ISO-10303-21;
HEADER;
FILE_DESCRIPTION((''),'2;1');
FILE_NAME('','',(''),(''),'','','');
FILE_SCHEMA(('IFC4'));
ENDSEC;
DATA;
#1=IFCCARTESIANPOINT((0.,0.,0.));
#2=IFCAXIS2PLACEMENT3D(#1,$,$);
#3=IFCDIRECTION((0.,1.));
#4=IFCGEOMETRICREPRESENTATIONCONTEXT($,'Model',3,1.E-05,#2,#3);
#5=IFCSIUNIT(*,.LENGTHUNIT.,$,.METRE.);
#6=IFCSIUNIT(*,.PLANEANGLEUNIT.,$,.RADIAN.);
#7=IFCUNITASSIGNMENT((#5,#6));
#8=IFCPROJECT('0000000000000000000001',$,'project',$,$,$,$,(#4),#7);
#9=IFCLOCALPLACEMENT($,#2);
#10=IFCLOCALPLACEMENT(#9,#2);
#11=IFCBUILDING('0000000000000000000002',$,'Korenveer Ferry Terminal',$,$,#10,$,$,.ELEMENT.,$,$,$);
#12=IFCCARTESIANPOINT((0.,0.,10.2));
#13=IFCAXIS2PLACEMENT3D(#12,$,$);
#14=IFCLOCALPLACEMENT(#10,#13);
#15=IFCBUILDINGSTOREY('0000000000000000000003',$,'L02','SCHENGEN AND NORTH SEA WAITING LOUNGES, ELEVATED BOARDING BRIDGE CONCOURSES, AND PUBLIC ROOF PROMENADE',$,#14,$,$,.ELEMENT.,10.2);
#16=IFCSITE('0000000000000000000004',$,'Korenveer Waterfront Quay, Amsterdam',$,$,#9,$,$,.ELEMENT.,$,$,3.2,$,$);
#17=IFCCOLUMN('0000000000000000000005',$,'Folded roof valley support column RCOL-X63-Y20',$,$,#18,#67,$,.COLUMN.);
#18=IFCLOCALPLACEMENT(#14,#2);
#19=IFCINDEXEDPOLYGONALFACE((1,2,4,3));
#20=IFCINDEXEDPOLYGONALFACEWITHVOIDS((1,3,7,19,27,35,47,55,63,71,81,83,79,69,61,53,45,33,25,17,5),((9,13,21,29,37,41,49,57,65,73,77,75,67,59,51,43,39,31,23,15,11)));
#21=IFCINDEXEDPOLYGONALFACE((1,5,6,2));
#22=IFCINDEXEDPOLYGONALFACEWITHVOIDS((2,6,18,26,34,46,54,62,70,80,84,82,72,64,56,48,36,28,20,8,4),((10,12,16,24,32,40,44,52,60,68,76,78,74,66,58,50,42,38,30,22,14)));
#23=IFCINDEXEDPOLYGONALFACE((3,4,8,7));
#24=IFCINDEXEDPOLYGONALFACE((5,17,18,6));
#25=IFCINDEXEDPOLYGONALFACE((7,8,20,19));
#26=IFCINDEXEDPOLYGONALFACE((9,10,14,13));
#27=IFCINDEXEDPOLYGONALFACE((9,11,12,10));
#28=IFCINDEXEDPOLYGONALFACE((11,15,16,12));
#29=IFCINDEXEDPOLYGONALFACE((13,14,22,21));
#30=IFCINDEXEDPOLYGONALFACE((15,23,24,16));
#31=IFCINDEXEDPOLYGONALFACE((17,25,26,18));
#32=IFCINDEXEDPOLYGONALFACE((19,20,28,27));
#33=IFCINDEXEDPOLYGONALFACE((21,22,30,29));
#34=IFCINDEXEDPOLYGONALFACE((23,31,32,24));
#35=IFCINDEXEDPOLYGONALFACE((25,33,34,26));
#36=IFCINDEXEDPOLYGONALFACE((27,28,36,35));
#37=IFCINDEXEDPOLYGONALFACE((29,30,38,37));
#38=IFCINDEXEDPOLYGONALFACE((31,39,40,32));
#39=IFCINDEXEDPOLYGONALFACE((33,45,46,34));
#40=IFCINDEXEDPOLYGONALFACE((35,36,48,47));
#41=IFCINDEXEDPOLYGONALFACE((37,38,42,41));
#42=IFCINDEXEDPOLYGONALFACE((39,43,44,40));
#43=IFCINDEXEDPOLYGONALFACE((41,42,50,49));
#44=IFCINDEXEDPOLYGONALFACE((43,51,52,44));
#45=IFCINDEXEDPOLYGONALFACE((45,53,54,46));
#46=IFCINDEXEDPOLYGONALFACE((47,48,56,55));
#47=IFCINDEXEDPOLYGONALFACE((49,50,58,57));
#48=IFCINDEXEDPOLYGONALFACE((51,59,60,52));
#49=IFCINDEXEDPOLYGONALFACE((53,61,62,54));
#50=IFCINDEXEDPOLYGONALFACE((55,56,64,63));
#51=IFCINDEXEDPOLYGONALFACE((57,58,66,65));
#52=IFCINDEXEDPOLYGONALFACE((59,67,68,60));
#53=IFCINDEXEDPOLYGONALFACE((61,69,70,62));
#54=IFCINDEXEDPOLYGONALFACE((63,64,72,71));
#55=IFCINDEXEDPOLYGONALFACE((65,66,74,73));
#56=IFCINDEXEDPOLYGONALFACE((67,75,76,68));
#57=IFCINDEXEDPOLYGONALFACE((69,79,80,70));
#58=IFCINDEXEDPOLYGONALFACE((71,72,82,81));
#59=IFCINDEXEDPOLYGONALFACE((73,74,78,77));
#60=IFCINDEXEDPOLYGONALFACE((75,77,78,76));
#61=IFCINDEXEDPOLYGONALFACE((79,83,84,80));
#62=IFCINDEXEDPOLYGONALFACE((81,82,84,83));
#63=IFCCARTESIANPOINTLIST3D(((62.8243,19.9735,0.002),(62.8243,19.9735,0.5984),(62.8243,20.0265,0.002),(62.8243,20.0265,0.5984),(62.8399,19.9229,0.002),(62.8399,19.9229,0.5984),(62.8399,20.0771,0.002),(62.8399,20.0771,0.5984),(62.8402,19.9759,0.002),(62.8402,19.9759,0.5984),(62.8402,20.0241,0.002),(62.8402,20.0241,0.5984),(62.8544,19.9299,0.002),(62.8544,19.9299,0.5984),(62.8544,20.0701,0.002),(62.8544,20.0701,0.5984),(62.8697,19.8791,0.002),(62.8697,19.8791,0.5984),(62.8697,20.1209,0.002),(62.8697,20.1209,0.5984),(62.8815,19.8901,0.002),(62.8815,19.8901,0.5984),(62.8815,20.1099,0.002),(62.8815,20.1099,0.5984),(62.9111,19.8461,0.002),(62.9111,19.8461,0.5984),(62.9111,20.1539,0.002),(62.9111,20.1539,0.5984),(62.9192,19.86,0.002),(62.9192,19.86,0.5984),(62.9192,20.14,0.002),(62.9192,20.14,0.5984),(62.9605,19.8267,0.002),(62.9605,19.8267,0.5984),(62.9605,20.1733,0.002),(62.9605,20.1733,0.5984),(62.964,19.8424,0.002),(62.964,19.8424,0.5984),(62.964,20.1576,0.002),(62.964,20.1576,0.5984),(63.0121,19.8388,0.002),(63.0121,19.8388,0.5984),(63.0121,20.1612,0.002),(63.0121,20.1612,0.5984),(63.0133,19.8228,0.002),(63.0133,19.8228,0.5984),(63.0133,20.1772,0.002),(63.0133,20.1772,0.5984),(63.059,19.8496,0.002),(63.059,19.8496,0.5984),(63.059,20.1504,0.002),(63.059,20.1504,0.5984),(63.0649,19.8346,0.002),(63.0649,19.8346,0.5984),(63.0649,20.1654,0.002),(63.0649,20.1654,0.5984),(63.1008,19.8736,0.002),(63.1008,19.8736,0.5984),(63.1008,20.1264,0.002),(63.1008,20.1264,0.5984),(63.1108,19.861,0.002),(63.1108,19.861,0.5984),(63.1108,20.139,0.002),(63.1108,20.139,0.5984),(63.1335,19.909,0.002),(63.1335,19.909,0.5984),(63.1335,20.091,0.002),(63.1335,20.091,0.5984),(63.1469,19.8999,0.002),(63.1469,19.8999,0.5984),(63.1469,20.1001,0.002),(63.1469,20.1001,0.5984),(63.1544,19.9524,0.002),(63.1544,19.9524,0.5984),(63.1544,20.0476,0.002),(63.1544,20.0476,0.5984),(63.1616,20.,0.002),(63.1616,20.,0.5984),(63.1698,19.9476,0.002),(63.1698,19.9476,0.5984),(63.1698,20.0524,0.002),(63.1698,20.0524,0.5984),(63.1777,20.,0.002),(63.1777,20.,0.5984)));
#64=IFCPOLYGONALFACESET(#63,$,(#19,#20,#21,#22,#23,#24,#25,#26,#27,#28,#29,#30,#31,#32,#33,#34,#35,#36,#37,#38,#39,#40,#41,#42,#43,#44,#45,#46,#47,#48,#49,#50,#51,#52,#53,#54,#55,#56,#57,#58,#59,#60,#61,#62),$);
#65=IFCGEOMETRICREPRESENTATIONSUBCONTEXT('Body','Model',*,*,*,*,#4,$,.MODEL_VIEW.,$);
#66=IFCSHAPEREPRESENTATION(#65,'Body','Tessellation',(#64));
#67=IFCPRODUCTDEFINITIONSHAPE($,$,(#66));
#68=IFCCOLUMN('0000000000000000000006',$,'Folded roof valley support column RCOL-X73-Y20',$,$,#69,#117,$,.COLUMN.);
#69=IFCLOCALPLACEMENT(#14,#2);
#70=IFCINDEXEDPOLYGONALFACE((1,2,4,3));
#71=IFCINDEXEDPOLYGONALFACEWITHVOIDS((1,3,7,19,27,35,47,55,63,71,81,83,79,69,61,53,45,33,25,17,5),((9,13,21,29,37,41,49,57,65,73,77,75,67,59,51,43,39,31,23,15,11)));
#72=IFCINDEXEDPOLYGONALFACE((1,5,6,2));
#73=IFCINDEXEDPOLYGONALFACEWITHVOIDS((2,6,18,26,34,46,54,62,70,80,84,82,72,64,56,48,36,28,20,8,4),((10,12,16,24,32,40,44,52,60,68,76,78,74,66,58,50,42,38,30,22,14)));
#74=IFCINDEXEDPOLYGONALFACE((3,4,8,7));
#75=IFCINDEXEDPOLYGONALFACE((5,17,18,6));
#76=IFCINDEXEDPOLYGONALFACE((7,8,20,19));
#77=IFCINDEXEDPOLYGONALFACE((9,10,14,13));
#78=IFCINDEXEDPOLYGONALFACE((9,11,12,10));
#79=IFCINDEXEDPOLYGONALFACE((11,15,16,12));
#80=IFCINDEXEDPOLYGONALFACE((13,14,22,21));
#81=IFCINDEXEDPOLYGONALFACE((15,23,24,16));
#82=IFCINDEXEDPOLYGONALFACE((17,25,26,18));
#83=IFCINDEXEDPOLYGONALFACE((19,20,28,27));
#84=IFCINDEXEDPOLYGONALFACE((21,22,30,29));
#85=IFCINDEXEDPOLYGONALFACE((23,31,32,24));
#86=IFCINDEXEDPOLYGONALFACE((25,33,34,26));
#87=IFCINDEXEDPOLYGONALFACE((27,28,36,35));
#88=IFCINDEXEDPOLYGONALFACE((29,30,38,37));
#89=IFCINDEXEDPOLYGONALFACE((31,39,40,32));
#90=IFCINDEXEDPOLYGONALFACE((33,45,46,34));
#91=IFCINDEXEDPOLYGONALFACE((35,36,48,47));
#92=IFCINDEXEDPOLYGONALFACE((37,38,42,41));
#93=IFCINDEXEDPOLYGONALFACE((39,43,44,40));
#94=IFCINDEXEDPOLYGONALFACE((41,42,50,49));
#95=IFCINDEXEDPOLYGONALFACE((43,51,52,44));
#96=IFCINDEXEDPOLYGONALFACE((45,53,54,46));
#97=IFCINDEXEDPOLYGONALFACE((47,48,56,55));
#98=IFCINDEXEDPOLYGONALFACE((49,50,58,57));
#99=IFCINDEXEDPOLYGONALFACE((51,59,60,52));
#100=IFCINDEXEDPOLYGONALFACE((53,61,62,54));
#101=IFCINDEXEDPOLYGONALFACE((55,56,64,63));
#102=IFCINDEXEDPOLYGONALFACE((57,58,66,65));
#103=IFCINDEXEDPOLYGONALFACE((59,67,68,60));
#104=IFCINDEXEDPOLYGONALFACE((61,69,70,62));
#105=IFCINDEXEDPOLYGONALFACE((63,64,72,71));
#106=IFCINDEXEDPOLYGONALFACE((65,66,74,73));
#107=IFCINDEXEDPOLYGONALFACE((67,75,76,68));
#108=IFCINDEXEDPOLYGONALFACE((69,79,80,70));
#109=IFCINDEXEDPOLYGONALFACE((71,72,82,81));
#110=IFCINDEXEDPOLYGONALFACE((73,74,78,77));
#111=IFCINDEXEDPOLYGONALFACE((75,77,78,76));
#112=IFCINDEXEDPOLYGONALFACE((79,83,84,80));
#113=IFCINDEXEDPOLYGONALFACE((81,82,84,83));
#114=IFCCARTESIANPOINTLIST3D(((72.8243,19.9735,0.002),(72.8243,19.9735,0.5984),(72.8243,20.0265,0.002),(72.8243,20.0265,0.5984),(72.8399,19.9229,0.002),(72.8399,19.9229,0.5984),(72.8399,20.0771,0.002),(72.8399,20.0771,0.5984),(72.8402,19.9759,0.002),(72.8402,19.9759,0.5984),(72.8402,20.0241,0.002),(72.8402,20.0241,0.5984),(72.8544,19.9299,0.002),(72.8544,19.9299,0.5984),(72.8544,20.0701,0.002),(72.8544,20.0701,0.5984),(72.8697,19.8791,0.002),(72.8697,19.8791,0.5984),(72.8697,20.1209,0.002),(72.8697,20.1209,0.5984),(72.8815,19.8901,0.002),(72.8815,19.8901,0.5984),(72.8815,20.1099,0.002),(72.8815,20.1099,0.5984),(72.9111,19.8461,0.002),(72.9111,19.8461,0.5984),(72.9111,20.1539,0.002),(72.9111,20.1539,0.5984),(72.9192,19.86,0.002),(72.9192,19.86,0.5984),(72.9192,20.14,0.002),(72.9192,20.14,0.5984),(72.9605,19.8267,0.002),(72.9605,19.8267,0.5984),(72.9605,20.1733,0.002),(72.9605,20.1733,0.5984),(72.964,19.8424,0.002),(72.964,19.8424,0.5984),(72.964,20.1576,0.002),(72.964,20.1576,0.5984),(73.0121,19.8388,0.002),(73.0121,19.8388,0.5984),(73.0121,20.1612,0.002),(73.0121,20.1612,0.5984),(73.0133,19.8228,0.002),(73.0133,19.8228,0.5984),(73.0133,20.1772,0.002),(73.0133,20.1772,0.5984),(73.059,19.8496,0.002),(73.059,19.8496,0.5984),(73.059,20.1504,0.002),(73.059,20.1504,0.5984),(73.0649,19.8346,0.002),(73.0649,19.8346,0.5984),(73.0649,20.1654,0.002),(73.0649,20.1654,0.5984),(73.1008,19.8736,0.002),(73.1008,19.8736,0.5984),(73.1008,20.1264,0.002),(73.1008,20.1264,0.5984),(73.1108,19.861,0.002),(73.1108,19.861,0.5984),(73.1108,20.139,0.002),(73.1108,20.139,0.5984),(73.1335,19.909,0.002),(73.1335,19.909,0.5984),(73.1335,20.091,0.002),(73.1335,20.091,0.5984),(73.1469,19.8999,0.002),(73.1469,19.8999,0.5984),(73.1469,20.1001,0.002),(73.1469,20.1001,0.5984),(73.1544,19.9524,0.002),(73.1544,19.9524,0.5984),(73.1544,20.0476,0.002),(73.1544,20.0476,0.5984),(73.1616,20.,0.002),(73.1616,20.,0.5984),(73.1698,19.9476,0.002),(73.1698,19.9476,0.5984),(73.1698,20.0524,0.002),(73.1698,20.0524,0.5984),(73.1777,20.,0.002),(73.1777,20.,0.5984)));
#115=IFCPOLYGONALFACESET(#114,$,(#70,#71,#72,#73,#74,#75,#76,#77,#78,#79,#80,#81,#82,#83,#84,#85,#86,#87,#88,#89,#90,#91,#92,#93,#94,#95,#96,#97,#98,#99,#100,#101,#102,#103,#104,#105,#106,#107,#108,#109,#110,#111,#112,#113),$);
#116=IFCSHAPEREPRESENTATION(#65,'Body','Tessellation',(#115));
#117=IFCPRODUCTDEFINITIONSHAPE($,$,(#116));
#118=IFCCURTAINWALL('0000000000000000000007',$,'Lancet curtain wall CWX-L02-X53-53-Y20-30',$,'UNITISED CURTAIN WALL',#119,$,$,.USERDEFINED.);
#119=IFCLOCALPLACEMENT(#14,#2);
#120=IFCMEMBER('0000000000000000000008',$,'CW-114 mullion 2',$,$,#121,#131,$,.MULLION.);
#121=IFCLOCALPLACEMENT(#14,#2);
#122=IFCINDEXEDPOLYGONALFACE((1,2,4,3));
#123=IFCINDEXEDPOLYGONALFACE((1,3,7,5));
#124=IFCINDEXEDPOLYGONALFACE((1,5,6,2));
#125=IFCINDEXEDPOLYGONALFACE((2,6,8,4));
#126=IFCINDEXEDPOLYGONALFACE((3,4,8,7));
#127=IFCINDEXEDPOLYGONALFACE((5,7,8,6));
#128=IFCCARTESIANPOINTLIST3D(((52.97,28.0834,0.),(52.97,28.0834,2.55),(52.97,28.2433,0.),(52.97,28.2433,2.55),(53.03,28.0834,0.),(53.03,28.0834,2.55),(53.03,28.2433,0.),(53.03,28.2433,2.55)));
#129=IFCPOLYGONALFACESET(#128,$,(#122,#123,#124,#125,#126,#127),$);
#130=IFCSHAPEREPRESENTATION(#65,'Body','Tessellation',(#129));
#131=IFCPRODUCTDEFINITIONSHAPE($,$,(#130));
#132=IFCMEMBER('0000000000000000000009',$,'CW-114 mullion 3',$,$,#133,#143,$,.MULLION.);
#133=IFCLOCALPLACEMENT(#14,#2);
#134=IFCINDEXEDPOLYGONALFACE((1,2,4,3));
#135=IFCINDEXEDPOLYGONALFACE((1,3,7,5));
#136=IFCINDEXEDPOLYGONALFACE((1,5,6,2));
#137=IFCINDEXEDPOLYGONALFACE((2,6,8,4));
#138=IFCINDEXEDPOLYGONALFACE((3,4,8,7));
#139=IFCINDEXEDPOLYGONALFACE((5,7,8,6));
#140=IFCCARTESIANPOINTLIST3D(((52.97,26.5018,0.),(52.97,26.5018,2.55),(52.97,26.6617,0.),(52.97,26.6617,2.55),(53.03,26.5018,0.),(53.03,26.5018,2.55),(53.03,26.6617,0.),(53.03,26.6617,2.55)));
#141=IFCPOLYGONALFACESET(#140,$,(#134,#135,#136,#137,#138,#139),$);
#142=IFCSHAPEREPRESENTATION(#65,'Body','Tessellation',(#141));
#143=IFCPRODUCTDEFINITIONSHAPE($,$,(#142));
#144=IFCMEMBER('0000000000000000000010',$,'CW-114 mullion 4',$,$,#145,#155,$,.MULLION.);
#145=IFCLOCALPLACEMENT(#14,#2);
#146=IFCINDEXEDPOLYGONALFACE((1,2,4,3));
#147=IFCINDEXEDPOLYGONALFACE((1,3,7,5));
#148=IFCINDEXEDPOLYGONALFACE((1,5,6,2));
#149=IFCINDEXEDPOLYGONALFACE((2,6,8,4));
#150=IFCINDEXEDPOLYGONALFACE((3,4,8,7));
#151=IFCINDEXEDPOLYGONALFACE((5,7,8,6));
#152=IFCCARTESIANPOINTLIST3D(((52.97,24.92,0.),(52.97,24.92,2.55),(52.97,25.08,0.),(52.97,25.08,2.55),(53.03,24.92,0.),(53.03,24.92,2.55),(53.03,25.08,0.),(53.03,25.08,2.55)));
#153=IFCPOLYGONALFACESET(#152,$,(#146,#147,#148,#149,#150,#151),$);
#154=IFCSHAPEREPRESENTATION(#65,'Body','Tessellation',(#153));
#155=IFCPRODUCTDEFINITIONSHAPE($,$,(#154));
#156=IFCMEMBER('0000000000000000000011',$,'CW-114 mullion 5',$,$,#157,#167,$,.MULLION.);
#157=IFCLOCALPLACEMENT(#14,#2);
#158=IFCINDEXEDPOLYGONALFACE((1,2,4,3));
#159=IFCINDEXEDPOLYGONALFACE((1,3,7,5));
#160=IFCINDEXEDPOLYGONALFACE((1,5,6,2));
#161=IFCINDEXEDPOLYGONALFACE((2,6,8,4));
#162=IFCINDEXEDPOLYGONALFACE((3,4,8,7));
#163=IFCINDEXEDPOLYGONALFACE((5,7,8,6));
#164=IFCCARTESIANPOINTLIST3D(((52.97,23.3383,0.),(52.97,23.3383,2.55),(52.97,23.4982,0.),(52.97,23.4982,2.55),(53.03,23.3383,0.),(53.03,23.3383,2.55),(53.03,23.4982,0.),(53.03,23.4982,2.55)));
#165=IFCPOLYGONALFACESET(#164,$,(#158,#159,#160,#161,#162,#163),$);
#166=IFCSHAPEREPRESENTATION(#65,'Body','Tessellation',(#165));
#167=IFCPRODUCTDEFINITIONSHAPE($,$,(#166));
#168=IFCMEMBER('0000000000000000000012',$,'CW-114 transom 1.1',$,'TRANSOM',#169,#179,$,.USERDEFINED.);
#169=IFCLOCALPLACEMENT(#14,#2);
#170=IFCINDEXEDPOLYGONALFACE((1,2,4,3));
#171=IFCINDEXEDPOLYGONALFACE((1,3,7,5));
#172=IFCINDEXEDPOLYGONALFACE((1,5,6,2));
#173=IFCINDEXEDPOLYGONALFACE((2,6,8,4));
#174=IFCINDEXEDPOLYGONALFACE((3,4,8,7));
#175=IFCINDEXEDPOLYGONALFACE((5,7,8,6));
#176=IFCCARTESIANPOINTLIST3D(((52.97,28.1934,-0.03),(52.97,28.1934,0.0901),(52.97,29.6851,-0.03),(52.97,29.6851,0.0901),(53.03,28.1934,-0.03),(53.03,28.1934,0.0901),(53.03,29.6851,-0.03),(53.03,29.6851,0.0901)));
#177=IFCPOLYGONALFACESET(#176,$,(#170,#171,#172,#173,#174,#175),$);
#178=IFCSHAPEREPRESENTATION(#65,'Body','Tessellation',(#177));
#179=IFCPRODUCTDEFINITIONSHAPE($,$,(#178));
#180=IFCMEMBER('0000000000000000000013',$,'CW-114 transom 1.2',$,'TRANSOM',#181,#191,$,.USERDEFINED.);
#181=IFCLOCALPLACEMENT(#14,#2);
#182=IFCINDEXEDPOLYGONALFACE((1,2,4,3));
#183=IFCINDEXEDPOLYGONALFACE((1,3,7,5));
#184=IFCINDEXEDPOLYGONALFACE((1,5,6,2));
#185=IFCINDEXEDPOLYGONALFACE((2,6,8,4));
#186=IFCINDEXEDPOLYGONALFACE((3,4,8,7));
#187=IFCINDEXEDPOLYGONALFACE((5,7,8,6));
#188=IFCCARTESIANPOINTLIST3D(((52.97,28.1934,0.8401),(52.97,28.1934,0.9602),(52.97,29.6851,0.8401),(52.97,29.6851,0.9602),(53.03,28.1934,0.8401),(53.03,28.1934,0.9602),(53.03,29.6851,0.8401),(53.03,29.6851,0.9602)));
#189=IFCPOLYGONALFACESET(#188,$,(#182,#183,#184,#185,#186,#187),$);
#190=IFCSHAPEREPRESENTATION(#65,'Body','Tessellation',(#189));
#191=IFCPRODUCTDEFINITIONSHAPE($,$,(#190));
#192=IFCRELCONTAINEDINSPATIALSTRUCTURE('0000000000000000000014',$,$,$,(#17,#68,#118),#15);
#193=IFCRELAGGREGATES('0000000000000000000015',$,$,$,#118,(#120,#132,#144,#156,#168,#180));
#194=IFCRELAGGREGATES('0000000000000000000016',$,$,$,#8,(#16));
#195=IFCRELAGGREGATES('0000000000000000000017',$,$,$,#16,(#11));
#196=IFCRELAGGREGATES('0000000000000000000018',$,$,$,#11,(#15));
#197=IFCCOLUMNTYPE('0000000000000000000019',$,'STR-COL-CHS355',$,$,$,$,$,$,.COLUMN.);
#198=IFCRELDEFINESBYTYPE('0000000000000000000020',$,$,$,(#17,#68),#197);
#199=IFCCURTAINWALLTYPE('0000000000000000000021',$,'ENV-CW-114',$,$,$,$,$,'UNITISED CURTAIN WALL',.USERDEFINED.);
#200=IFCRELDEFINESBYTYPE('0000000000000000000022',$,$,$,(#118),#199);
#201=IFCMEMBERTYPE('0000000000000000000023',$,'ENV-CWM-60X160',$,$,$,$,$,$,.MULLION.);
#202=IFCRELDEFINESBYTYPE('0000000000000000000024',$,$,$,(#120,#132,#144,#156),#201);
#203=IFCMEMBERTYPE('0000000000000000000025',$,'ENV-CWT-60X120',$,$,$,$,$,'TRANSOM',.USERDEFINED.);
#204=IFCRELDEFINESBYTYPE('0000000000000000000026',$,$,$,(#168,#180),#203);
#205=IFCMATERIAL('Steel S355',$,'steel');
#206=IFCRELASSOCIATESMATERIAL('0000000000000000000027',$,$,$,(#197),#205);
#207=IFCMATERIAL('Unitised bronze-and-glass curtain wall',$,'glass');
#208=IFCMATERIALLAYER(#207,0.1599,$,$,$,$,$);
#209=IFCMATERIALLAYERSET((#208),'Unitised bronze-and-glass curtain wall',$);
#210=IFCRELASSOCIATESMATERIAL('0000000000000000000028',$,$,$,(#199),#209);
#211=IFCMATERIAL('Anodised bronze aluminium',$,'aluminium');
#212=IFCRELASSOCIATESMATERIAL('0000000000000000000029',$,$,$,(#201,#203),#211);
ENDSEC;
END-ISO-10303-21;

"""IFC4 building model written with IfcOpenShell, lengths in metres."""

from ifc_helpers import new_model, si_unit, direction, frame, origin, origin_2d, place, context, subcontext, project, spatial, rectangle, hollow_circle, extrude, material, layer, layer_set, material_profile, profile_set, type_object, element, aggregate, save


model = new_model("IFC4")

# Units and contexts
model_context = context("Model", 3, precision=1e-05, world=origin(), true_north=direction((0.0, 1.0)))
body_context = subcontext(model_context, "Body", "Model", "MODEL_VIEW")
ifc_project = project(units=[si_unit("LENGTHUNIT", "METRE"), si_unit("PLANEANGLEUNIT", "RADIAN")], contexts=[model_context])

# Site, building, storey
site_placement = place(None, origin())
site = spatial("IfcSite", under=ifc_project, at=site_placement, Name="Korenveer Waterfront Quay, Amsterdam", CompositionType="ELEMENT", RefElevation=3.2)
building_placement = place(site_placement, origin())
building = spatial("IfcBuilding", under=site, at=building_placement, Name="Korenveer Ferry Terminal", CompositionType="ELEMENT")
storey_placement = place(building_placement, frame((0.0, 0.0, 10.2)))
storey = spatial("IfcBuildingStorey", under=building, at=storey_placement, Name="L02", Description="SCHENGEN AND NORTH SEA WAITING LOUNGES, ELEVATED BOARDING BRIDGE CONCOURSES, AND PUBLIC ROOF PROMENADE", CompositionType="ELEMENT", Elevation=10.2)

# Columns
ifc_material_1 = material(Name="Steel S355", Category="steel")
ifc_material_profile_1 = material_profile(ifc_material_1, hollow_circle(Radius=0.1777, WallThickness=0.0161, at=origin_2d()), Name="CHS 355.6x16")
ifc_profile_set_1 = profile_set([ifc_material_profile_1], Name="Steel S355")
column_type = type_object("IfcColumnType", Name="STR-COL-CHS355", PredefinedType="COLUMN", material=ifc_profile_set_1)
for number, where, z_axis, x_axis, name in (
    (1, (63.0, 20.0, 0.002), (0.0, 0.0, 1.0), (1.0, 0.0, 0.0), "Folded roof valley support column RCOL-X63-Y20"),
    (2, (73.0, 20.0, 0.002), (0.0, 0.0, 1.0), (1.0, 0.0, 0.0), "Folded roof valley support column RCOL-X73-Y20"),
):
    element("IfcColumn", number, at=place(storey_placement, frame(where, z_axis=z_axis, x_axis=x_axis)), inside=storey, type_object=column_type, Name=name, PredefinedType="COLUMN", context=body_context, shape_type="SweptSolid", body=[
        extrude(hollow_circle(Radius=0.1777, WallThickness=0.0161, at=origin_2d()), origin(), (0.0, 0.0, 1.0), 0.5964),
    ])

# Curtain wall, members
ifc_material_2 = material(Name="Unitised bronze-and-glass curtain wall", Category="glass")
ifc_layer_1 = layer(ifc_material_2, 0.1599)
ifc_layer_set_1 = layer_set([ifc_layer_1], Name="Unitised bronze-and-glass curtain wall")
curtain_wall_type = type_object("IfcCurtainWallType", Name="ENV-CW-114", ElementType="UNITISED CURTAIN WALL", PredefinedType="USERDEFINED", material=ifc_layer_set_1)
curtain_wall_placement = place(storey_placement, frame((53.0, 29.7451, 0.0)))
curtain_wall = element("IfcCurtainWall", 3, at=curtain_wall_placement, inside=storey, type_object=curtain_wall_type, Name="Lancet curtain wall CWX-L02-X53-53-Y20-30", ObjectType="UNITISED CURTAIN WALL", PredefinedType="USERDEFINED")
ifc_material_3 = material(Name="Anodised bronze aluminium", Category="aluminium")
ifc_material_profile_2 = material_profile(ifc_material_3, rectangle(XDim=0.0601, YDim=0.1599, at=origin_2d()), Name="ALU 60x160")
ifc_profile_set_2 = profile_set([ifc_material_profile_2], Name="Anodised bronze aluminium")
member_type_1 = type_object("IfcMemberType", Name="ENV-CWM-60X160", PredefinedType="MULLION", material=ifc_profile_set_2)
member_1_placement = place(storey_placement, frame((53.0, 28.1633, 0.0), z_axis=(0.0, 0.0, 1.0), x_axis=(1.0, 0.0, 0.0)))
member_1 = element("IfcMember", 4, at=member_1_placement, type_object=member_type_1, Name="CW-114 mullion 2", PredefinedType="MULLION", context=body_context, shape_type="SweptSolid", body=[
    extrude(rectangle(XDim=0.0601, YDim=0.1599, at=origin_2d()), origin(), (0.0, 0.0, 1.0), 2.55),
])
member_2_placement = place(storey_placement, frame((53.0, 26.5818, 0.0), z_axis=(0.0, 0.0, 1.0), x_axis=(1.0, 0.0, 0.0)))
member_2 = element("IfcMember", 5, at=member_2_placement, type_object=member_type_1, Name="CW-114 mullion 3", PredefinedType="MULLION", context=body_context, shape_type="SweptSolid", body=[
    extrude(rectangle(XDim=0.0601, YDim=0.1599, at=origin_2d()), origin(), (0.0, 0.0, 1.0), 2.55),
])
member_3_placement = place(storey_placement, frame((53.0, 25.0, 0.0), z_axis=(0.0, 0.0, 1.0), x_axis=(1.0, 0.0, 0.0)))
member_3 = element("IfcMember", 6, at=member_3_placement, type_object=member_type_1, Name="CW-114 mullion 4", PredefinedType="MULLION", context=body_context, shape_type="SweptSolid", body=[
    extrude(rectangle(XDim=0.0601, YDim=0.1599, at=origin_2d()), origin(), (0.0, 0.0, 1.0), 2.55),
])
member_4_placement = place(storey_placement, frame((53.0, 23.4182, 0.0), z_axis=(0.0, 0.0, 1.0), x_axis=(1.0, 0.0, 0.0)))
member_4 = element("IfcMember", 7, at=member_4_placement, type_object=member_type_1, Name="CW-114 mullion 5", PredefinedType="MULLION", context=body_context, shape_type="SweptSolid", body=[
    extrude(rectangle(XDim=0.0601, YDim=0.1599, at=origin_2d()), origin(), (0.0, 0.0, 1.0), 2.55),
])
ifc_material_profile_3 = material_profile(ifc_material_3, rectangle(XDim=0.0601, YDim=0.1201, at=origin_2d()), Name="ALU 60x120")
ifc_profile_set_3 = profile_set([ifc_material_profile_3], Name="Anodised bronze aluminium")
member_type_2 = type_object("IfcMemberType", Name="ENV-CWT-60X120", ElementType="TRANSOM", PredefinedType="USERDEFINED", material=ifc_profile_set_3)
member_5_placement = place(storey_placement, frame((53.0, 29.6851, 0.03), z_axis=(0.0, -1.0, 0.0), x_axis=(1.0, 0.0, 0.0)))
member_5 = element("IfcMember", 8, at=member_5_placement, type_object=member_type_2, Name="CW-114 transom 1.1", ObjectType="TRANSOM", PredefinedType="USERDEFINED", context=body_context, shape_type="SweptSolid", body=[
    extrude(rectangle(XDim=0.0601, YDim=0.1201, at=origin_2d()), origin(), (0.0, 0.0, 1.0), 1.4917),
])
member_6_placement = place(storey_placement, frame((53.0, 29.6851, 0.9001), z_axis=(0.0, -1.0, 0.0), x_axis=(1.0, 0.0, 0.0)))
member_6 = element("IfcMember", 9, at=member_6_placement, type_object=member_type_2, Name="CW-114 transom 1.2", ObjectType="TRANSOM", PredefinedType="USERDEFINED", context=body_context, shape_type="SweptSolid", body=[
    extrude(rectangle(XDim=0.0601, YDim=0.1201, at=origin_2d()), origin(), (0.0, 0.0, 1.0), 1.4917),
])
aggregate(curtain_wall, [member_1, member_2, member_3, member_4, member_5, member_6])

save(model, "model.ifc")
